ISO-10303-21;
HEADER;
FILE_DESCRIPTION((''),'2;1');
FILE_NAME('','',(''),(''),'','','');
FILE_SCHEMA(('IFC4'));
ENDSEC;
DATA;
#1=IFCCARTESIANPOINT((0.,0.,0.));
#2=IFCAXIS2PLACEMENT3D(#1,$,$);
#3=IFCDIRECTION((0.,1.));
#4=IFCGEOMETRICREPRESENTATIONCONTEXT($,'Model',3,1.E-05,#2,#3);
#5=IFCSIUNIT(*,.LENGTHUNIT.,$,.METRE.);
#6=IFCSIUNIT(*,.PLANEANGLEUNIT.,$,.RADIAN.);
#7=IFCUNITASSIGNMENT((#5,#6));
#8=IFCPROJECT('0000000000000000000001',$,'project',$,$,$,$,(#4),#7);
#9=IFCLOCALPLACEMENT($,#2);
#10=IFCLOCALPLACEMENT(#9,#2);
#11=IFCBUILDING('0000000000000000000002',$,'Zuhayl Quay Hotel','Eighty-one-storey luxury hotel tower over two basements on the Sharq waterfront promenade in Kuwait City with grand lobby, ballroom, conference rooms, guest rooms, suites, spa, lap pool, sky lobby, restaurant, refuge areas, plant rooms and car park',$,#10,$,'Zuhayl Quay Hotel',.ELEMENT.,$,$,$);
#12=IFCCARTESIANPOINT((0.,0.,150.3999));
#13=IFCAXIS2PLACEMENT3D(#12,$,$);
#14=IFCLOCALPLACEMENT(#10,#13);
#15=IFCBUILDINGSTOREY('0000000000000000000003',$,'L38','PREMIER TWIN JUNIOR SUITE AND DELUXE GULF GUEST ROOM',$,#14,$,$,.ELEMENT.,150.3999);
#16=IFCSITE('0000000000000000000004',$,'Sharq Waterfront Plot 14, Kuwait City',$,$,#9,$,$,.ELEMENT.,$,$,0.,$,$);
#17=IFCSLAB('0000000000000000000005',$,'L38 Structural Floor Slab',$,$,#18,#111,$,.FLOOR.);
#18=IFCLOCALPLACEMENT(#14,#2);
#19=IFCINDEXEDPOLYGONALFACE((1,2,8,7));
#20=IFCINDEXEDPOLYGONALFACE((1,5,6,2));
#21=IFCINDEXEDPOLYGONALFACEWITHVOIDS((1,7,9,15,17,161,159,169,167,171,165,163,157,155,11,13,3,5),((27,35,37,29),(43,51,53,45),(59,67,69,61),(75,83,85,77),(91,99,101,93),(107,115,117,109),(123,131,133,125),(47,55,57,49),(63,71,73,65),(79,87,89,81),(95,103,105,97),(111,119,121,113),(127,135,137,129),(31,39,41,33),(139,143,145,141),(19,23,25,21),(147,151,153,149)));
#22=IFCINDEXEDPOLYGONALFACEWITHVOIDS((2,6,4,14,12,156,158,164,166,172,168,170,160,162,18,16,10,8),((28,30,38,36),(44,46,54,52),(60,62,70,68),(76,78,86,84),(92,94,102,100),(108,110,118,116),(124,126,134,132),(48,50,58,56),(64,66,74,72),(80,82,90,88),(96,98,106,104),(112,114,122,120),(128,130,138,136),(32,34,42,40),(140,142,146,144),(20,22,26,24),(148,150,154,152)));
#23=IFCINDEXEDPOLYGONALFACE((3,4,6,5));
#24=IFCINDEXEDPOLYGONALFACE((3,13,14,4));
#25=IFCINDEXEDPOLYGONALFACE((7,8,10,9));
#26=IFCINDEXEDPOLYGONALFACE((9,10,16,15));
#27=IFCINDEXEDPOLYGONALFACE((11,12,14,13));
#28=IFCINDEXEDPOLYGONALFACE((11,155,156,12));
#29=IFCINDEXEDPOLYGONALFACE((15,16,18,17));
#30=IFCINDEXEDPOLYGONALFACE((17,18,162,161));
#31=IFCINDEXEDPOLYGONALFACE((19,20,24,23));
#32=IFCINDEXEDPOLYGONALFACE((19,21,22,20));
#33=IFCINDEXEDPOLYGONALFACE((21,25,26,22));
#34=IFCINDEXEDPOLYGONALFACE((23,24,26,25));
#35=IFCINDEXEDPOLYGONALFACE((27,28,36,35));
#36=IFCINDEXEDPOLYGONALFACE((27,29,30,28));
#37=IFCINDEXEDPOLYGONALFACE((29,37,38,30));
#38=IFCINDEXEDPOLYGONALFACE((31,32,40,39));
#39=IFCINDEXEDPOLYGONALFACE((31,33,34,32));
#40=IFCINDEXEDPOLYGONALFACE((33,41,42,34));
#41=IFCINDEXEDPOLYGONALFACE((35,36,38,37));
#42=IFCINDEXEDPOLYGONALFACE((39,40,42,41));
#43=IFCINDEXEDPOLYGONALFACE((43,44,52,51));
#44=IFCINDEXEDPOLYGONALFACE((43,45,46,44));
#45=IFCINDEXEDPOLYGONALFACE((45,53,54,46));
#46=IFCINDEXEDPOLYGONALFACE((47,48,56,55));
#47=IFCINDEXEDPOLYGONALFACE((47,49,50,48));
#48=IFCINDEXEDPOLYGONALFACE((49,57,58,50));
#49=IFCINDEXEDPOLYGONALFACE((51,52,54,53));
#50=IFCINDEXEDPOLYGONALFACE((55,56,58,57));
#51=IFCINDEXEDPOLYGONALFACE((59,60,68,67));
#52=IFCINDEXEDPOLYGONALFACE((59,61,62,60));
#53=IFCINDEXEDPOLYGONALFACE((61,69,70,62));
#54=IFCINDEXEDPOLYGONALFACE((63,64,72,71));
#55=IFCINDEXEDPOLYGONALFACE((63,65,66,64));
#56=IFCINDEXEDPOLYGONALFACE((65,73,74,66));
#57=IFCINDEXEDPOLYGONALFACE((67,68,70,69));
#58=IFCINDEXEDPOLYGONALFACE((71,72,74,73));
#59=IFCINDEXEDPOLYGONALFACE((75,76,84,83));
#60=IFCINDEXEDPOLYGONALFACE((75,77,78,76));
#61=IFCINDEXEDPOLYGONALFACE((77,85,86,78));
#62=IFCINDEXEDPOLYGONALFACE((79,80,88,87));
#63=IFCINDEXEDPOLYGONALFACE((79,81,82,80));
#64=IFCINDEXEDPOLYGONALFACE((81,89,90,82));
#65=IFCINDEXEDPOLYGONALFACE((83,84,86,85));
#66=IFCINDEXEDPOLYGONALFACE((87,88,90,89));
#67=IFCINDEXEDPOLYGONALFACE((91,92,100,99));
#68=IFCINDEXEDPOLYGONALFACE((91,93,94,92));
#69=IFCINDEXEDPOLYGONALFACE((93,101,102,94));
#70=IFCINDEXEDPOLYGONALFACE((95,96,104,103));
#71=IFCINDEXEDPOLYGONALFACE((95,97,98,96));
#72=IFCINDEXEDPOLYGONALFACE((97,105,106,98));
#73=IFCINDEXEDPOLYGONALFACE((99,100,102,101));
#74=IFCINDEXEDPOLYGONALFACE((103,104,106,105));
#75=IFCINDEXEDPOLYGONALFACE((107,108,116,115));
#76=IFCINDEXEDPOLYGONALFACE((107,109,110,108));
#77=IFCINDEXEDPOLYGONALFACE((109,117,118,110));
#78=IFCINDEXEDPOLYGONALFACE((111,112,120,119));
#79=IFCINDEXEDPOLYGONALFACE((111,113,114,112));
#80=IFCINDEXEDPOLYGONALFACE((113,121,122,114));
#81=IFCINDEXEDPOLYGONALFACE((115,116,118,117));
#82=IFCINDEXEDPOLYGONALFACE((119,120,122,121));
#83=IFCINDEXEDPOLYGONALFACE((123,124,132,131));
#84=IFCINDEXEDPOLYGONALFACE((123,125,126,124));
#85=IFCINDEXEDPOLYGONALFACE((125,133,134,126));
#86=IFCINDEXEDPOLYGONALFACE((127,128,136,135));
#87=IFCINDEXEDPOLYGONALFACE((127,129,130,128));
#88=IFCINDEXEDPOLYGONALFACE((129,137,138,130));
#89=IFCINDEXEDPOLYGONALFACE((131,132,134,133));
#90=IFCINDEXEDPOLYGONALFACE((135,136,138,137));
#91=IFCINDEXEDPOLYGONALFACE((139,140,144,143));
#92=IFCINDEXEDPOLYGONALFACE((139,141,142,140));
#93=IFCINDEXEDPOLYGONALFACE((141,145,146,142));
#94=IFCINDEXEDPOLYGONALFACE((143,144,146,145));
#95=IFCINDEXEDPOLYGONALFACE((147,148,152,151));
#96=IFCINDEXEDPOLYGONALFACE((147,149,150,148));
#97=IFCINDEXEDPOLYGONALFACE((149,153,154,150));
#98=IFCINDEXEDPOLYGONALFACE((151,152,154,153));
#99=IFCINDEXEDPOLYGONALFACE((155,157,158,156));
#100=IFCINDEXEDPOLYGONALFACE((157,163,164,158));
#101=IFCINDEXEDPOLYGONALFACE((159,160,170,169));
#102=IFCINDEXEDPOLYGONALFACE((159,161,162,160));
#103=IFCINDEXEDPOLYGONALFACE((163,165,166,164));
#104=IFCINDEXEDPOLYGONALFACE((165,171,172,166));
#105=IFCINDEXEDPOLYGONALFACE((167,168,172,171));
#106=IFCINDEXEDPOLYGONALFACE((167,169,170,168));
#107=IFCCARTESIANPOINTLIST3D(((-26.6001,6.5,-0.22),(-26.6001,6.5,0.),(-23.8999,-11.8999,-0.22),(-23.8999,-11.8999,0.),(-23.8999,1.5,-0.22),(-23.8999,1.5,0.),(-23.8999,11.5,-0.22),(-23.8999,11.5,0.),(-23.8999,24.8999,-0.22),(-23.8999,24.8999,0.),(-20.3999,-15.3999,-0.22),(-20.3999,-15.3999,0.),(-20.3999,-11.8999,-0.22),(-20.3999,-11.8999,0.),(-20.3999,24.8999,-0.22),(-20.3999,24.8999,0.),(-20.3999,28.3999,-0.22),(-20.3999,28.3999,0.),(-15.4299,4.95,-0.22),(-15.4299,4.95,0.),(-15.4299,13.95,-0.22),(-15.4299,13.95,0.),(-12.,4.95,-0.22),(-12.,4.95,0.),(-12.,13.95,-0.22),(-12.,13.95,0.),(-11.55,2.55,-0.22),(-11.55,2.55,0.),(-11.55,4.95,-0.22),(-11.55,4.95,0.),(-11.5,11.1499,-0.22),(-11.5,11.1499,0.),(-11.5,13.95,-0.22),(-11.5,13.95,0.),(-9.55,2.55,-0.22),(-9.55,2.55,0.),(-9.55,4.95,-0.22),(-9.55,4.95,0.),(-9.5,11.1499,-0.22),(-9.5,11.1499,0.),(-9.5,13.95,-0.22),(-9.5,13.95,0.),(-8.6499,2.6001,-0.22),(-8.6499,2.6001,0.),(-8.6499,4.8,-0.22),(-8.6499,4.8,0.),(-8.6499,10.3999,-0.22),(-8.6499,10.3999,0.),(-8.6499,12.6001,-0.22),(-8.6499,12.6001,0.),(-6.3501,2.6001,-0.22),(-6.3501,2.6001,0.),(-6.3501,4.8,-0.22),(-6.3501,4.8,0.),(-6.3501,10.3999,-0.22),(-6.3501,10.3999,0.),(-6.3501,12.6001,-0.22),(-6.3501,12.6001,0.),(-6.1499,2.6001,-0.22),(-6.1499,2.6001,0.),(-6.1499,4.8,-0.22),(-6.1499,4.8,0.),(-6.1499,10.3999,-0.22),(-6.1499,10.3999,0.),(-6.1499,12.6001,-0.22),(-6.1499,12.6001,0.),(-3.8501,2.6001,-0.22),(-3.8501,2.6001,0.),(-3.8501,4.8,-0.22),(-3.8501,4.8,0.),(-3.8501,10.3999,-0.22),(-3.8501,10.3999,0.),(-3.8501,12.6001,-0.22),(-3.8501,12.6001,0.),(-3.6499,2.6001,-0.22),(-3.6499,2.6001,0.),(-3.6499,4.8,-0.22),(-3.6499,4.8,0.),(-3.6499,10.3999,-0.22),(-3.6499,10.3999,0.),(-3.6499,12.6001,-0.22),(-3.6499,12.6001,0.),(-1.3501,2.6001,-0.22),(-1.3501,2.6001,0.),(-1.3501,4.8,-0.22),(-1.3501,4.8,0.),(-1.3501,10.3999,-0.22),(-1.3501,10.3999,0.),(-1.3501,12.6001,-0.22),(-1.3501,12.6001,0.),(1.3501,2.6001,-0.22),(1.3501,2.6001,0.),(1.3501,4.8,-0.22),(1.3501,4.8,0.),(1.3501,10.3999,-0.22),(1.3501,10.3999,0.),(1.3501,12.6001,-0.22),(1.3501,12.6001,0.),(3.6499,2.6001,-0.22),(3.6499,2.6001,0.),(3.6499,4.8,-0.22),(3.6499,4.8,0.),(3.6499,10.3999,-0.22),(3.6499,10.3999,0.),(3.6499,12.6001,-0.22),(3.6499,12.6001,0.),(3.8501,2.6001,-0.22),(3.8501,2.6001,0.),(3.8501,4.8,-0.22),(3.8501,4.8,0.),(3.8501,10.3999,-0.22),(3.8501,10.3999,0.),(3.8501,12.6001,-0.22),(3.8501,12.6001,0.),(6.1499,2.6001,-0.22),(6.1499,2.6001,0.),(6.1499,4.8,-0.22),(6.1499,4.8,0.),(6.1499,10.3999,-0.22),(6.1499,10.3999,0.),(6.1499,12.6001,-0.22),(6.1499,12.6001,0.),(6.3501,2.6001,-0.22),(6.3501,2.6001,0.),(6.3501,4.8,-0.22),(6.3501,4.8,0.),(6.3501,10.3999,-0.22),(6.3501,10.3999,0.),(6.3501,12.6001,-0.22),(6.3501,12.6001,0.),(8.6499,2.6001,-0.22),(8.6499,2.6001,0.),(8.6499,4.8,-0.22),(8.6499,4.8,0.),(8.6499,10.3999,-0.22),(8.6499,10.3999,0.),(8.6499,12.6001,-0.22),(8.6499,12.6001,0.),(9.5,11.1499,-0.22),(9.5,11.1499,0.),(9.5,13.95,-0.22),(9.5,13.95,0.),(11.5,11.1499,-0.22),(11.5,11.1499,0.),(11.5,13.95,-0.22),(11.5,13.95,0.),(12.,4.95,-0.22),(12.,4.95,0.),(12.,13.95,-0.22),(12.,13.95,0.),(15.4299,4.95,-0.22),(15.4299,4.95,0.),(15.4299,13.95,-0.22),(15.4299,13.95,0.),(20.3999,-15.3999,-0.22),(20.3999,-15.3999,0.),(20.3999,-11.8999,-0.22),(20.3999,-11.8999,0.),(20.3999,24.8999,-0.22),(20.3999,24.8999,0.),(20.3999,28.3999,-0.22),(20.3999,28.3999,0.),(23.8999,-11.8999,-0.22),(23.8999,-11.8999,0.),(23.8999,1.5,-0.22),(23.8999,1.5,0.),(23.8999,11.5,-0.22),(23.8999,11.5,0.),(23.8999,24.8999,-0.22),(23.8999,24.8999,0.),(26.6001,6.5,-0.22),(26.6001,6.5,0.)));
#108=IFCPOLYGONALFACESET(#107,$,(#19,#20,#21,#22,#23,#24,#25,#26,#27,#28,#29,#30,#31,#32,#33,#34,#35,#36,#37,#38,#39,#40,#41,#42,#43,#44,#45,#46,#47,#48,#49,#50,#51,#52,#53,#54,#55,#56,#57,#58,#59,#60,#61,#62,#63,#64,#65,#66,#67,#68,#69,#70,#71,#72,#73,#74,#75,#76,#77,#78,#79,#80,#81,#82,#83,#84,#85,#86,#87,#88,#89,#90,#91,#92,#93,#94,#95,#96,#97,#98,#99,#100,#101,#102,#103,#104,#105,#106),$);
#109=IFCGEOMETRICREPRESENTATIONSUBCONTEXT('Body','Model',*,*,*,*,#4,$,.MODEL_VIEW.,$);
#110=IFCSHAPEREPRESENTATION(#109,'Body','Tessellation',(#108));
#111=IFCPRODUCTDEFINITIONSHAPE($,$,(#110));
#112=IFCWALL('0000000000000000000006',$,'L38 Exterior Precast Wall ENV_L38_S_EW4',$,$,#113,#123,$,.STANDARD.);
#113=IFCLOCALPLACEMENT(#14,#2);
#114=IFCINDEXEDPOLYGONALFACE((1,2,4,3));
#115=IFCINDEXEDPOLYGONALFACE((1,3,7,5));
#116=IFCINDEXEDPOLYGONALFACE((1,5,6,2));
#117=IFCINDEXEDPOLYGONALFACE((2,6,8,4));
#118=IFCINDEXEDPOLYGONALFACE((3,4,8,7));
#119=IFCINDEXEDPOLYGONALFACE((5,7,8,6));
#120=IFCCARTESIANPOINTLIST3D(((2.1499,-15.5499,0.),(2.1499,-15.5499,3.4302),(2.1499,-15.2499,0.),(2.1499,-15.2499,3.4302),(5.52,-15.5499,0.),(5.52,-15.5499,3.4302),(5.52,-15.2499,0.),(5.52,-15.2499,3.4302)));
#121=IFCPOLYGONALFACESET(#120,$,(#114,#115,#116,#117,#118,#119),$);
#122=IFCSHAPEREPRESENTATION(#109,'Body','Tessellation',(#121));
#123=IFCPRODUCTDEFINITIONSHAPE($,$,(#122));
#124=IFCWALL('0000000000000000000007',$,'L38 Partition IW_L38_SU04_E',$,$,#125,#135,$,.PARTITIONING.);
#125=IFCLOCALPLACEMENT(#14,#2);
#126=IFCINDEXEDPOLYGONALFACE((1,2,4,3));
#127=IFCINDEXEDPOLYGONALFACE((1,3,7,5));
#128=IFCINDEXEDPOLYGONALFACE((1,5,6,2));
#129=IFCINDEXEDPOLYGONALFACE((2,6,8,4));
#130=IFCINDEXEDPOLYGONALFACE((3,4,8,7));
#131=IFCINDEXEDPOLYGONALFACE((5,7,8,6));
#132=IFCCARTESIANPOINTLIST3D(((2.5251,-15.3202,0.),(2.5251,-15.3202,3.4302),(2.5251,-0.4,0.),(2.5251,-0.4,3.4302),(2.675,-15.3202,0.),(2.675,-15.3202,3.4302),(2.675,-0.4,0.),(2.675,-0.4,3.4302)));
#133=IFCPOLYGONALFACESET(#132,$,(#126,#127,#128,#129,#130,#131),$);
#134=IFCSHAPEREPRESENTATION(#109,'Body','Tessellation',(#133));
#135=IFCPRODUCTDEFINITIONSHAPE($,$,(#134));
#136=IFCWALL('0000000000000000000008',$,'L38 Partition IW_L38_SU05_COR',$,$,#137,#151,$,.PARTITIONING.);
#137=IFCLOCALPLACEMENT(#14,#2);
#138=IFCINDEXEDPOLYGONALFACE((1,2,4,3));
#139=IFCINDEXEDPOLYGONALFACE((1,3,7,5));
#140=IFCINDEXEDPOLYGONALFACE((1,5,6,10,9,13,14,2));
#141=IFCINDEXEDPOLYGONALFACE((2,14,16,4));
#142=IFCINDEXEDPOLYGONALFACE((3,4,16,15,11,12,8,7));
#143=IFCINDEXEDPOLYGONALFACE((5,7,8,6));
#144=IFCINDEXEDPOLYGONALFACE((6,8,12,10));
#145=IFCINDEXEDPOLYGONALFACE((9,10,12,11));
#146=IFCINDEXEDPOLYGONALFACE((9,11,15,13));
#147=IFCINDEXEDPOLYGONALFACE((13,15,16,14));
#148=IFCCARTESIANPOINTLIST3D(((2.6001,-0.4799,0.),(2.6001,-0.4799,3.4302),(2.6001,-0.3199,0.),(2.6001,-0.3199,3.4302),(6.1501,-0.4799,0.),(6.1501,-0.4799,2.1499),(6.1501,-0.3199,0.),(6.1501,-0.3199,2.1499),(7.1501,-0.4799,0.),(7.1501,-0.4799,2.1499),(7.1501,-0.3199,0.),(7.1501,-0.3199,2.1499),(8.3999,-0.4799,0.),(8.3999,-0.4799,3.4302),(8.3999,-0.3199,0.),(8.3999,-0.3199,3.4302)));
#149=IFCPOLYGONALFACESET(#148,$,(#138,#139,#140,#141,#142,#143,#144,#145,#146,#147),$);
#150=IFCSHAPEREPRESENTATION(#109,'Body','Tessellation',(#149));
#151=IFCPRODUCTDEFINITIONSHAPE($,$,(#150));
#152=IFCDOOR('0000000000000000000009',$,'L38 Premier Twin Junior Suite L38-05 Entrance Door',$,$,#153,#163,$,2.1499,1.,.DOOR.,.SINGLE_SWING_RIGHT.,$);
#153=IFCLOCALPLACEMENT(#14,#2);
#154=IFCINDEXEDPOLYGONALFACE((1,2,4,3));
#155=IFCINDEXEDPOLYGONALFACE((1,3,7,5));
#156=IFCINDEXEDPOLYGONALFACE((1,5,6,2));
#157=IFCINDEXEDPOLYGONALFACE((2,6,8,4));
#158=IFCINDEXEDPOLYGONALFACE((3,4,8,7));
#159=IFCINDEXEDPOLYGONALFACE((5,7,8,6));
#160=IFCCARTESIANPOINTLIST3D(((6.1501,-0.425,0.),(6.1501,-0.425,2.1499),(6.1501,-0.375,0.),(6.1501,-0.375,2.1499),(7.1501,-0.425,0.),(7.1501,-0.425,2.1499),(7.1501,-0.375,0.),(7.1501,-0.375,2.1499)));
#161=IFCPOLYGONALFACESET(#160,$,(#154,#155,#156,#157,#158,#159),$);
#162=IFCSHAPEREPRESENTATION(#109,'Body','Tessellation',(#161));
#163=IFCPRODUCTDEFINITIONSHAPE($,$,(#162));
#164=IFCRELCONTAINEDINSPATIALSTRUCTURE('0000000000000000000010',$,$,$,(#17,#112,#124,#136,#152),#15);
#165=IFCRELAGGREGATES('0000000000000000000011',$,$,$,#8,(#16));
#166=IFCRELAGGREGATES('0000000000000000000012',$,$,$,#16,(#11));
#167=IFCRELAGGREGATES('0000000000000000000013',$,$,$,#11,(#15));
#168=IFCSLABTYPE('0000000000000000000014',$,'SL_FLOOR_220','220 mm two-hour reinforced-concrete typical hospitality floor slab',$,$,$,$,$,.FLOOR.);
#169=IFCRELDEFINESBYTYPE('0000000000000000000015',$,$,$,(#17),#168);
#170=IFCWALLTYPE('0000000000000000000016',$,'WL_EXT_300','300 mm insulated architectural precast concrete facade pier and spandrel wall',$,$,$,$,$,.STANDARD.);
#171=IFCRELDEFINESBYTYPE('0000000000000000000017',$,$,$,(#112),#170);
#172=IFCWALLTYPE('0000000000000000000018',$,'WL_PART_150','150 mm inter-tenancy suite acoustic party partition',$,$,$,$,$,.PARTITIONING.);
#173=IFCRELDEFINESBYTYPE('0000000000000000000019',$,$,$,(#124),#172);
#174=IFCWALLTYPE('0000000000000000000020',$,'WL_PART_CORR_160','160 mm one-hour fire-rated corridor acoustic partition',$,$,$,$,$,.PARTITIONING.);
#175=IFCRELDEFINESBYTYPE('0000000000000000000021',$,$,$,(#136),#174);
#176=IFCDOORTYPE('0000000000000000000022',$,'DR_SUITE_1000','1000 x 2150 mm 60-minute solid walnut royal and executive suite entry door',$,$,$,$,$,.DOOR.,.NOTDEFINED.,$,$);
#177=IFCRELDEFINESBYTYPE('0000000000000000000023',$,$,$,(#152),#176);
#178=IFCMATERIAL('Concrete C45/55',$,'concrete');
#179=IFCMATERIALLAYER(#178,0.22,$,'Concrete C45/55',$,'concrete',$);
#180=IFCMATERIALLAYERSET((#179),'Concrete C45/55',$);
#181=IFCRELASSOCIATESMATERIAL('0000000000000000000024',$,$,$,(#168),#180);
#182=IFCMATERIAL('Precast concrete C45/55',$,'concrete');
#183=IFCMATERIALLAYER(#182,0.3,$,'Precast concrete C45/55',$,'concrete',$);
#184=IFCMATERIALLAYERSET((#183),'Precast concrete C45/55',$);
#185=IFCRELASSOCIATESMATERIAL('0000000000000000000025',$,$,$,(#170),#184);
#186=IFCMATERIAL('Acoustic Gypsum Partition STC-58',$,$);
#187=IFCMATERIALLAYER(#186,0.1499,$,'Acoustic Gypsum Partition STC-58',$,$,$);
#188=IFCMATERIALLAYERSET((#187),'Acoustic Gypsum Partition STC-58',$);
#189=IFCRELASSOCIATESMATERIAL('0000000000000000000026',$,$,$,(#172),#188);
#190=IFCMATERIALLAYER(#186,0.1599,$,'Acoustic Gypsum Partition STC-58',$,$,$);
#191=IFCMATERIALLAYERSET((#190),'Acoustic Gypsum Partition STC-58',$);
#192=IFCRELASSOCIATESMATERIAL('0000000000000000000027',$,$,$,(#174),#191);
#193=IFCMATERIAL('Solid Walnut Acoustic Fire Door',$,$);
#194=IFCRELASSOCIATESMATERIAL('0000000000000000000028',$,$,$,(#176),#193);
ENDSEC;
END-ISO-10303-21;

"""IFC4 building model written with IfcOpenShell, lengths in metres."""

from ifc_helpers import new_model, si_unit, direction, frame, frame_2d, origin, place, context, subcontext, project, spatial, polyline, rectangle, outline, extrude, material, layer, layer_set, type_object, element, fill, save


model = new_model("IFC4")

# Units and contexts
model_context = context("Model", 3, precision=1e-05, world=origin(), true_north=direction((0.0, 1.0)))
body_context = subcontext(model_context, "Body", "Model", "MODEL_VIEW")
ifc_project = project(units=[si_unit("LENGTHUNIT", "METRE"), si_unit("PLANEANGLEUNIT", "RADIAN")], contexts=[model_context])

# Site, building, storey
site_placement = place(None, origin())
site = spatial("IfcSite", under=ifc_project, at=site_placement, Name="Sharq Waterfront Plot 14, Kuwait City", CompositionType="ELEMENT", RefElevation=0.0)
building_placement = place(site_placement, origin())
building = spatial("IfcBuilding", under=site, at=building_placement, Name="Zuhayl Quay Hotel", Description="Eighty-one-storey luxury hotel tower over two basements on the Sharq waterfront promenade in Kuwait City with grand lobby, ballroom, conference rooms, guest rooms, suites, spa, lap pool, sky lobby, restaurant, refuge areas, plant rooms and car park", LongName="Zuhayl Quay Hotel", CompositionType="ELEMENT")
storey_placement = place(building_placement, frame((0.0, 0.0, 150.3999)))
storey = spatial("IfcBuildingStorey", under=building, at=storey_placement, Name="L38", Description="PREMIER TWIN JUNIOR SUITE AND DELUXE GULF GUEST ROOM", CompositionType="ELEMENT", Elevation=150.3999)

# Slab
ifc_material_1 = material(Name="Concrete C45/55", Category="concrete")
ifc_layer_1 = layer(ifc_material_1, 0.22, Name="Concrete C45/55", Category="concrete")
ifc_layer_set_1 = layer_set([ifc_layer_1], Name="Concrete C45/55")
slab_type_1 = type_object("IfcSlabType", Name="SL_FLOOR_220", Description="220 mm two-hour reinforced-concrete typical hospitality floor slab", PredefinedType="FLOOR", material=ifc_layer_set_1)
slab_1_placement = place(storey_placement, frame((0.0, 0.0, -0.22)))
element("IfcSlab", 1, at=slab_1_placement, inside=storey, type_object=slab_type_1, Name="L38 Structural Floor Slab", PredefinedType="FLOOR", context=body_context, shape_type="SweptSolid", body=[
    extrude(outline(polyline([(-20.3999, -15.3999), (20.3999, -15.3999), (20.3999, -11.8999), (23.8999, -11.8999), (23.8999, 1.5), (26.6001, 6.5), (23.8999, 11.5), (23.8999, 24.8999), (20.3999, 24.8999), (20.3999, 28.3999), (-20.3999, 28.3999), (-20.3999, 24.8999), (-23.8999, 24.8999), (-23.8999, 11.5), (-26.6001, 6.5), (-23.8999, 1.5), (-23.8999, -11.8999), (-20.3999, -11.8999), (-20.3999, -15.3999)]), holes=[polyline([(-12.0, 4.95), (-12.0, 13.95), (-15.4299, 13.95), (-15.4299, 4.95), (-12.0, 4.95)]), polyline([(15.4299, 4.95), (15.4299, 13.95), (12.0, 13.95), (12.0, 4.95), (15.4299, 4.95)]), polyline([(-11.5, 11.1499), (-9.5, 11.1499), (-9.5, 13.95), (-11.5, 13.95), (-11.5, 11.1499)]), polyline([(9.5, 11.1499), (11.5, 11.1499), (11.5, 13.95), (9.5, 13.95), (9.5, 11.1499)]), polyline([(-8.6499, 2.6001), (-6.3501, 2.6001), (-6.3501, 4.8), (-8.6499, 4.8), (-8.6499, 2.6001)]), polyline([(-6.1499, 2.6001), (-3.8501, 2.6001), (-3.8501, 4.8), (-6.1499, 4.8), (-6.1499, 2.6001)]), polyline([(-8.6499, 10.3999), (-6.3501, 10.3999), (-6.3501, 12.6001), (-8.6499, 12.6001), (-8.6499, 10.3999)]), polyline([(-6.1499, 10.3999), (-3.8501, 10.3999), (-3.8501, 12.6001), (-6.1499, 12.6001), (-6.1499, 10.3999)]), polyline([(-3.6499, 2.6001), (-1.3501, 2.6001), (-1.3501, 4.8), (-3.6499, 4.8), (-3.6499, 2.6001)]), polyline([(1.3501, 2.6001), (3.6499, 2.6001), (3.6499, 4.8), (1.3501, 4.8), (1.3501, 2.6001)]), polyline([(-3.6499, 10.3999), (-1.3501, 10.3999), (-1.3501, 12.6001), (-3.6499, 12.6001), (-3.6499, 10.3999)]), polyline([(1.3501, 10.3999), (3.6499, 10.3999), (3.6499, 12.6001), (1.3501, 12.6001), (1.3501, 10.3999)]), polyline([(3.8501, 2.6001), (6.1499, 2.6001), (6.1499, 4.8), (3.8501, 4.8), (3.8501, 2.6001)]), polyline([(6.3501, 2.6001), (8.6499, 2.6001), (8.6499, 4.8), (6.3501, 4.8), (6.3501, 2.6001)]), polyline([(3.8501, 10.3999), (6.1499, 10.3999), (6.1499, 12.6001), (3.8501, 12.6001), (3.8501, 10.3999)]), polyline([(6.3501, 10.3999), (8.6499, 10.3999), (8.6499, 12.6001), (6.3501, 12.6001), (6.3501, 10.3999)]), polyline([(-11.55, 2.55), (-9.55, 2.55), (-9.55, 4.95), (-11.55, 4.95), (-11.55, 2.55)])]), origin(), (0.0, 0.0, 1.0), 0.22),
])

# Walls
ifc_material_2 = material(Name="Precast concrete C45/55", Category="concrete")
ifc_layer_2 = layer(ifc_material_2, 0.3, Name="Precast concrete C45/55", Category="concrete")
ifc_layer_set_2 = layer_set([ifc_layer_2], Name="Precast concrete C45/55")
wall_type_1 = type_object("IfcWallType", Name="WL_EXT_300", Description="300 mm insulated architectural precast concrete facade pier and spandrel wall", PredefinedType="STANDARD", material=ifc_layer_set_2)
wall_1_placement = place(storey_placement, frame((5.52, -15.3999, 0.0), z_axis=(0.0, 0.0, 1.0), x_axis=(-1.0, 0.0, 0.0)))
element("IfcWall", 2, at=wall_1_placement, inside=storey, type_object=wall_type_1, Name="L38 Exterior Precast Wall ENV_L38_S_EW4", PredefinedType="STANDARD", context=body_context, shape_type="SweptSolid", body=[
    extrude(rectangle(XDim=3.3701, YDim=0.3, at=frame_2d((1.6851, 0.0))), origin(), (0.0, 0.0, 1.0), 3.4302),
])
ifc_material_3 = material(Name="Acoustic Gypsum Partition STC-58")
ifc_layer_3 = layer(ifc_material_3, 0.1499, Name="Acoustic Gypsum Partition STC-58")
ifc_layer_set_3 = layer_set([ifc_layer_3], Name="Acoustic Gypsum Partition STC-58")
wall_type_2 = type_object("IfcWallType", Name="WL_PART_150", Description="150 mm inter-tenancy suite acoustic party partition", PredefinedType="PARTITIONING", material=ifc_layer_set_3)
wall_2_placement = place(storey_placement, frame((2.6001, -15.3201, 0.0), z_axis=(0.0, 0.0, 1.0), x_axis=(0.0, 1.0, 0.0)))
element("IfcWall", 3, at=wall_2_placement, inside=storey, type_object=wall_type_2, Name="L38 Partition IW_L38_SU04_E", PredefinedType="PARTITIONING", context=body_context, shape_type="SweptSolid", body=[
    extrude(rectangle(XDim=14.9202, YDim=0.1499, at=frame_2d((7.46, 0.0))), origin(), (0.0, 0.0, 1.0), 3.4302),
])

# Wall, opening, door
ifc_layer_4 = layer(ifc_material_3, 0.1599, Name="Acoustic Gypsum Partition STC-58")
ifc_layer_set_4 = layer_set([ifc_layer_4], Name="Acoustic Gypsum Partition STC-58")
wall_type_3 = type_object("IfcWallType", Name="WL_PART_CORR_160", Description="160 mm one-hour fire-rated corridor acoustic partition", PredefinedType="PARTITIONING", material=ifc_layer_set_4)
wall_3_placement = place(storey_placement, frame((2.6001, -0.3999, 0.0), z_axis=(0.0, 0.0, 1.0), x_axis=(1.0, 0.0, 0.0)))
wall_3 = element("IfcWall", 4, at=wall_3_placement, inside=storey, type_object=wall_type_3, Name="L38 Partition IW_L38_SU05_COR", PredefinedType="PARTITIONING", context=body_context, shape_type="SweptSolid", body=[
    extrude(rectangle(XDim=5.7998, YDim=0.1599, at=frame_2d((2.8999, 0.0))), origin(), (0.0, 0.0, 1.0), 3.4302),
])
opening_1_placement = place(wall_3_placement, frame((3.55, 0.0, 0.0)))
opening_1 = element("IfcOpeningElement", 5, at=opening_1_placement, cuts=wall_3, PredefinedType="OPENING", context=body_context, shape_type="SweptSolid", body=[
    extrude(rectangle(XDim=1.0, YDim=2.1499, at=frame_2d((0.5, 1.075))), frame((0.0, 0.0898, 0.0), z_axis=(0.0, -1.0, 0.0), x_axis=(1.0, 0.0, 0.0)), (0.0, 0.0, 1.0), 0.1799),
])
ifc_material_4 = material(Name="Solid Walnut Acoustic Fire Door")
door_type_1 = type_object("IfcDoorType", Name="DR_SUITE_1000", Description="1000 x 2150 mm 60-minute solid walnut royal and executive suite entry door", OperationType="NOTDEFINED", PredefinedType="DOOR", material=ifc_material_4)
door_1_placement = place(opening_1_placement, origin())
door_1 = element("IfcDoor", 6, at=door_1_placement, inside=storey, type_object=door_type_1, Name="L38 Premier Twin Junior Suite L38-05 Entrance Door", OperationType="SINGLE_SWING_RIGHT", OverallHeight=2.1499, OverallWidth=1.0, PredefinedType="DOOR", context=body_context, shape_type="SweptSolid", body=[
    extrude(rectangle(XDim=1.0, YDim=2.1499, at=frame_2d((0.5, 1.075))), frame((0.0, 0.0249, 0.0), z_axis=(0.0, -1.0, 0.0), x_axis=(1.0, 0.0, 0.0)), (0.0, 0.0, 1.0), 0.05),
])
fill(opening_1, door_1)

save(model, "model.ifc")
